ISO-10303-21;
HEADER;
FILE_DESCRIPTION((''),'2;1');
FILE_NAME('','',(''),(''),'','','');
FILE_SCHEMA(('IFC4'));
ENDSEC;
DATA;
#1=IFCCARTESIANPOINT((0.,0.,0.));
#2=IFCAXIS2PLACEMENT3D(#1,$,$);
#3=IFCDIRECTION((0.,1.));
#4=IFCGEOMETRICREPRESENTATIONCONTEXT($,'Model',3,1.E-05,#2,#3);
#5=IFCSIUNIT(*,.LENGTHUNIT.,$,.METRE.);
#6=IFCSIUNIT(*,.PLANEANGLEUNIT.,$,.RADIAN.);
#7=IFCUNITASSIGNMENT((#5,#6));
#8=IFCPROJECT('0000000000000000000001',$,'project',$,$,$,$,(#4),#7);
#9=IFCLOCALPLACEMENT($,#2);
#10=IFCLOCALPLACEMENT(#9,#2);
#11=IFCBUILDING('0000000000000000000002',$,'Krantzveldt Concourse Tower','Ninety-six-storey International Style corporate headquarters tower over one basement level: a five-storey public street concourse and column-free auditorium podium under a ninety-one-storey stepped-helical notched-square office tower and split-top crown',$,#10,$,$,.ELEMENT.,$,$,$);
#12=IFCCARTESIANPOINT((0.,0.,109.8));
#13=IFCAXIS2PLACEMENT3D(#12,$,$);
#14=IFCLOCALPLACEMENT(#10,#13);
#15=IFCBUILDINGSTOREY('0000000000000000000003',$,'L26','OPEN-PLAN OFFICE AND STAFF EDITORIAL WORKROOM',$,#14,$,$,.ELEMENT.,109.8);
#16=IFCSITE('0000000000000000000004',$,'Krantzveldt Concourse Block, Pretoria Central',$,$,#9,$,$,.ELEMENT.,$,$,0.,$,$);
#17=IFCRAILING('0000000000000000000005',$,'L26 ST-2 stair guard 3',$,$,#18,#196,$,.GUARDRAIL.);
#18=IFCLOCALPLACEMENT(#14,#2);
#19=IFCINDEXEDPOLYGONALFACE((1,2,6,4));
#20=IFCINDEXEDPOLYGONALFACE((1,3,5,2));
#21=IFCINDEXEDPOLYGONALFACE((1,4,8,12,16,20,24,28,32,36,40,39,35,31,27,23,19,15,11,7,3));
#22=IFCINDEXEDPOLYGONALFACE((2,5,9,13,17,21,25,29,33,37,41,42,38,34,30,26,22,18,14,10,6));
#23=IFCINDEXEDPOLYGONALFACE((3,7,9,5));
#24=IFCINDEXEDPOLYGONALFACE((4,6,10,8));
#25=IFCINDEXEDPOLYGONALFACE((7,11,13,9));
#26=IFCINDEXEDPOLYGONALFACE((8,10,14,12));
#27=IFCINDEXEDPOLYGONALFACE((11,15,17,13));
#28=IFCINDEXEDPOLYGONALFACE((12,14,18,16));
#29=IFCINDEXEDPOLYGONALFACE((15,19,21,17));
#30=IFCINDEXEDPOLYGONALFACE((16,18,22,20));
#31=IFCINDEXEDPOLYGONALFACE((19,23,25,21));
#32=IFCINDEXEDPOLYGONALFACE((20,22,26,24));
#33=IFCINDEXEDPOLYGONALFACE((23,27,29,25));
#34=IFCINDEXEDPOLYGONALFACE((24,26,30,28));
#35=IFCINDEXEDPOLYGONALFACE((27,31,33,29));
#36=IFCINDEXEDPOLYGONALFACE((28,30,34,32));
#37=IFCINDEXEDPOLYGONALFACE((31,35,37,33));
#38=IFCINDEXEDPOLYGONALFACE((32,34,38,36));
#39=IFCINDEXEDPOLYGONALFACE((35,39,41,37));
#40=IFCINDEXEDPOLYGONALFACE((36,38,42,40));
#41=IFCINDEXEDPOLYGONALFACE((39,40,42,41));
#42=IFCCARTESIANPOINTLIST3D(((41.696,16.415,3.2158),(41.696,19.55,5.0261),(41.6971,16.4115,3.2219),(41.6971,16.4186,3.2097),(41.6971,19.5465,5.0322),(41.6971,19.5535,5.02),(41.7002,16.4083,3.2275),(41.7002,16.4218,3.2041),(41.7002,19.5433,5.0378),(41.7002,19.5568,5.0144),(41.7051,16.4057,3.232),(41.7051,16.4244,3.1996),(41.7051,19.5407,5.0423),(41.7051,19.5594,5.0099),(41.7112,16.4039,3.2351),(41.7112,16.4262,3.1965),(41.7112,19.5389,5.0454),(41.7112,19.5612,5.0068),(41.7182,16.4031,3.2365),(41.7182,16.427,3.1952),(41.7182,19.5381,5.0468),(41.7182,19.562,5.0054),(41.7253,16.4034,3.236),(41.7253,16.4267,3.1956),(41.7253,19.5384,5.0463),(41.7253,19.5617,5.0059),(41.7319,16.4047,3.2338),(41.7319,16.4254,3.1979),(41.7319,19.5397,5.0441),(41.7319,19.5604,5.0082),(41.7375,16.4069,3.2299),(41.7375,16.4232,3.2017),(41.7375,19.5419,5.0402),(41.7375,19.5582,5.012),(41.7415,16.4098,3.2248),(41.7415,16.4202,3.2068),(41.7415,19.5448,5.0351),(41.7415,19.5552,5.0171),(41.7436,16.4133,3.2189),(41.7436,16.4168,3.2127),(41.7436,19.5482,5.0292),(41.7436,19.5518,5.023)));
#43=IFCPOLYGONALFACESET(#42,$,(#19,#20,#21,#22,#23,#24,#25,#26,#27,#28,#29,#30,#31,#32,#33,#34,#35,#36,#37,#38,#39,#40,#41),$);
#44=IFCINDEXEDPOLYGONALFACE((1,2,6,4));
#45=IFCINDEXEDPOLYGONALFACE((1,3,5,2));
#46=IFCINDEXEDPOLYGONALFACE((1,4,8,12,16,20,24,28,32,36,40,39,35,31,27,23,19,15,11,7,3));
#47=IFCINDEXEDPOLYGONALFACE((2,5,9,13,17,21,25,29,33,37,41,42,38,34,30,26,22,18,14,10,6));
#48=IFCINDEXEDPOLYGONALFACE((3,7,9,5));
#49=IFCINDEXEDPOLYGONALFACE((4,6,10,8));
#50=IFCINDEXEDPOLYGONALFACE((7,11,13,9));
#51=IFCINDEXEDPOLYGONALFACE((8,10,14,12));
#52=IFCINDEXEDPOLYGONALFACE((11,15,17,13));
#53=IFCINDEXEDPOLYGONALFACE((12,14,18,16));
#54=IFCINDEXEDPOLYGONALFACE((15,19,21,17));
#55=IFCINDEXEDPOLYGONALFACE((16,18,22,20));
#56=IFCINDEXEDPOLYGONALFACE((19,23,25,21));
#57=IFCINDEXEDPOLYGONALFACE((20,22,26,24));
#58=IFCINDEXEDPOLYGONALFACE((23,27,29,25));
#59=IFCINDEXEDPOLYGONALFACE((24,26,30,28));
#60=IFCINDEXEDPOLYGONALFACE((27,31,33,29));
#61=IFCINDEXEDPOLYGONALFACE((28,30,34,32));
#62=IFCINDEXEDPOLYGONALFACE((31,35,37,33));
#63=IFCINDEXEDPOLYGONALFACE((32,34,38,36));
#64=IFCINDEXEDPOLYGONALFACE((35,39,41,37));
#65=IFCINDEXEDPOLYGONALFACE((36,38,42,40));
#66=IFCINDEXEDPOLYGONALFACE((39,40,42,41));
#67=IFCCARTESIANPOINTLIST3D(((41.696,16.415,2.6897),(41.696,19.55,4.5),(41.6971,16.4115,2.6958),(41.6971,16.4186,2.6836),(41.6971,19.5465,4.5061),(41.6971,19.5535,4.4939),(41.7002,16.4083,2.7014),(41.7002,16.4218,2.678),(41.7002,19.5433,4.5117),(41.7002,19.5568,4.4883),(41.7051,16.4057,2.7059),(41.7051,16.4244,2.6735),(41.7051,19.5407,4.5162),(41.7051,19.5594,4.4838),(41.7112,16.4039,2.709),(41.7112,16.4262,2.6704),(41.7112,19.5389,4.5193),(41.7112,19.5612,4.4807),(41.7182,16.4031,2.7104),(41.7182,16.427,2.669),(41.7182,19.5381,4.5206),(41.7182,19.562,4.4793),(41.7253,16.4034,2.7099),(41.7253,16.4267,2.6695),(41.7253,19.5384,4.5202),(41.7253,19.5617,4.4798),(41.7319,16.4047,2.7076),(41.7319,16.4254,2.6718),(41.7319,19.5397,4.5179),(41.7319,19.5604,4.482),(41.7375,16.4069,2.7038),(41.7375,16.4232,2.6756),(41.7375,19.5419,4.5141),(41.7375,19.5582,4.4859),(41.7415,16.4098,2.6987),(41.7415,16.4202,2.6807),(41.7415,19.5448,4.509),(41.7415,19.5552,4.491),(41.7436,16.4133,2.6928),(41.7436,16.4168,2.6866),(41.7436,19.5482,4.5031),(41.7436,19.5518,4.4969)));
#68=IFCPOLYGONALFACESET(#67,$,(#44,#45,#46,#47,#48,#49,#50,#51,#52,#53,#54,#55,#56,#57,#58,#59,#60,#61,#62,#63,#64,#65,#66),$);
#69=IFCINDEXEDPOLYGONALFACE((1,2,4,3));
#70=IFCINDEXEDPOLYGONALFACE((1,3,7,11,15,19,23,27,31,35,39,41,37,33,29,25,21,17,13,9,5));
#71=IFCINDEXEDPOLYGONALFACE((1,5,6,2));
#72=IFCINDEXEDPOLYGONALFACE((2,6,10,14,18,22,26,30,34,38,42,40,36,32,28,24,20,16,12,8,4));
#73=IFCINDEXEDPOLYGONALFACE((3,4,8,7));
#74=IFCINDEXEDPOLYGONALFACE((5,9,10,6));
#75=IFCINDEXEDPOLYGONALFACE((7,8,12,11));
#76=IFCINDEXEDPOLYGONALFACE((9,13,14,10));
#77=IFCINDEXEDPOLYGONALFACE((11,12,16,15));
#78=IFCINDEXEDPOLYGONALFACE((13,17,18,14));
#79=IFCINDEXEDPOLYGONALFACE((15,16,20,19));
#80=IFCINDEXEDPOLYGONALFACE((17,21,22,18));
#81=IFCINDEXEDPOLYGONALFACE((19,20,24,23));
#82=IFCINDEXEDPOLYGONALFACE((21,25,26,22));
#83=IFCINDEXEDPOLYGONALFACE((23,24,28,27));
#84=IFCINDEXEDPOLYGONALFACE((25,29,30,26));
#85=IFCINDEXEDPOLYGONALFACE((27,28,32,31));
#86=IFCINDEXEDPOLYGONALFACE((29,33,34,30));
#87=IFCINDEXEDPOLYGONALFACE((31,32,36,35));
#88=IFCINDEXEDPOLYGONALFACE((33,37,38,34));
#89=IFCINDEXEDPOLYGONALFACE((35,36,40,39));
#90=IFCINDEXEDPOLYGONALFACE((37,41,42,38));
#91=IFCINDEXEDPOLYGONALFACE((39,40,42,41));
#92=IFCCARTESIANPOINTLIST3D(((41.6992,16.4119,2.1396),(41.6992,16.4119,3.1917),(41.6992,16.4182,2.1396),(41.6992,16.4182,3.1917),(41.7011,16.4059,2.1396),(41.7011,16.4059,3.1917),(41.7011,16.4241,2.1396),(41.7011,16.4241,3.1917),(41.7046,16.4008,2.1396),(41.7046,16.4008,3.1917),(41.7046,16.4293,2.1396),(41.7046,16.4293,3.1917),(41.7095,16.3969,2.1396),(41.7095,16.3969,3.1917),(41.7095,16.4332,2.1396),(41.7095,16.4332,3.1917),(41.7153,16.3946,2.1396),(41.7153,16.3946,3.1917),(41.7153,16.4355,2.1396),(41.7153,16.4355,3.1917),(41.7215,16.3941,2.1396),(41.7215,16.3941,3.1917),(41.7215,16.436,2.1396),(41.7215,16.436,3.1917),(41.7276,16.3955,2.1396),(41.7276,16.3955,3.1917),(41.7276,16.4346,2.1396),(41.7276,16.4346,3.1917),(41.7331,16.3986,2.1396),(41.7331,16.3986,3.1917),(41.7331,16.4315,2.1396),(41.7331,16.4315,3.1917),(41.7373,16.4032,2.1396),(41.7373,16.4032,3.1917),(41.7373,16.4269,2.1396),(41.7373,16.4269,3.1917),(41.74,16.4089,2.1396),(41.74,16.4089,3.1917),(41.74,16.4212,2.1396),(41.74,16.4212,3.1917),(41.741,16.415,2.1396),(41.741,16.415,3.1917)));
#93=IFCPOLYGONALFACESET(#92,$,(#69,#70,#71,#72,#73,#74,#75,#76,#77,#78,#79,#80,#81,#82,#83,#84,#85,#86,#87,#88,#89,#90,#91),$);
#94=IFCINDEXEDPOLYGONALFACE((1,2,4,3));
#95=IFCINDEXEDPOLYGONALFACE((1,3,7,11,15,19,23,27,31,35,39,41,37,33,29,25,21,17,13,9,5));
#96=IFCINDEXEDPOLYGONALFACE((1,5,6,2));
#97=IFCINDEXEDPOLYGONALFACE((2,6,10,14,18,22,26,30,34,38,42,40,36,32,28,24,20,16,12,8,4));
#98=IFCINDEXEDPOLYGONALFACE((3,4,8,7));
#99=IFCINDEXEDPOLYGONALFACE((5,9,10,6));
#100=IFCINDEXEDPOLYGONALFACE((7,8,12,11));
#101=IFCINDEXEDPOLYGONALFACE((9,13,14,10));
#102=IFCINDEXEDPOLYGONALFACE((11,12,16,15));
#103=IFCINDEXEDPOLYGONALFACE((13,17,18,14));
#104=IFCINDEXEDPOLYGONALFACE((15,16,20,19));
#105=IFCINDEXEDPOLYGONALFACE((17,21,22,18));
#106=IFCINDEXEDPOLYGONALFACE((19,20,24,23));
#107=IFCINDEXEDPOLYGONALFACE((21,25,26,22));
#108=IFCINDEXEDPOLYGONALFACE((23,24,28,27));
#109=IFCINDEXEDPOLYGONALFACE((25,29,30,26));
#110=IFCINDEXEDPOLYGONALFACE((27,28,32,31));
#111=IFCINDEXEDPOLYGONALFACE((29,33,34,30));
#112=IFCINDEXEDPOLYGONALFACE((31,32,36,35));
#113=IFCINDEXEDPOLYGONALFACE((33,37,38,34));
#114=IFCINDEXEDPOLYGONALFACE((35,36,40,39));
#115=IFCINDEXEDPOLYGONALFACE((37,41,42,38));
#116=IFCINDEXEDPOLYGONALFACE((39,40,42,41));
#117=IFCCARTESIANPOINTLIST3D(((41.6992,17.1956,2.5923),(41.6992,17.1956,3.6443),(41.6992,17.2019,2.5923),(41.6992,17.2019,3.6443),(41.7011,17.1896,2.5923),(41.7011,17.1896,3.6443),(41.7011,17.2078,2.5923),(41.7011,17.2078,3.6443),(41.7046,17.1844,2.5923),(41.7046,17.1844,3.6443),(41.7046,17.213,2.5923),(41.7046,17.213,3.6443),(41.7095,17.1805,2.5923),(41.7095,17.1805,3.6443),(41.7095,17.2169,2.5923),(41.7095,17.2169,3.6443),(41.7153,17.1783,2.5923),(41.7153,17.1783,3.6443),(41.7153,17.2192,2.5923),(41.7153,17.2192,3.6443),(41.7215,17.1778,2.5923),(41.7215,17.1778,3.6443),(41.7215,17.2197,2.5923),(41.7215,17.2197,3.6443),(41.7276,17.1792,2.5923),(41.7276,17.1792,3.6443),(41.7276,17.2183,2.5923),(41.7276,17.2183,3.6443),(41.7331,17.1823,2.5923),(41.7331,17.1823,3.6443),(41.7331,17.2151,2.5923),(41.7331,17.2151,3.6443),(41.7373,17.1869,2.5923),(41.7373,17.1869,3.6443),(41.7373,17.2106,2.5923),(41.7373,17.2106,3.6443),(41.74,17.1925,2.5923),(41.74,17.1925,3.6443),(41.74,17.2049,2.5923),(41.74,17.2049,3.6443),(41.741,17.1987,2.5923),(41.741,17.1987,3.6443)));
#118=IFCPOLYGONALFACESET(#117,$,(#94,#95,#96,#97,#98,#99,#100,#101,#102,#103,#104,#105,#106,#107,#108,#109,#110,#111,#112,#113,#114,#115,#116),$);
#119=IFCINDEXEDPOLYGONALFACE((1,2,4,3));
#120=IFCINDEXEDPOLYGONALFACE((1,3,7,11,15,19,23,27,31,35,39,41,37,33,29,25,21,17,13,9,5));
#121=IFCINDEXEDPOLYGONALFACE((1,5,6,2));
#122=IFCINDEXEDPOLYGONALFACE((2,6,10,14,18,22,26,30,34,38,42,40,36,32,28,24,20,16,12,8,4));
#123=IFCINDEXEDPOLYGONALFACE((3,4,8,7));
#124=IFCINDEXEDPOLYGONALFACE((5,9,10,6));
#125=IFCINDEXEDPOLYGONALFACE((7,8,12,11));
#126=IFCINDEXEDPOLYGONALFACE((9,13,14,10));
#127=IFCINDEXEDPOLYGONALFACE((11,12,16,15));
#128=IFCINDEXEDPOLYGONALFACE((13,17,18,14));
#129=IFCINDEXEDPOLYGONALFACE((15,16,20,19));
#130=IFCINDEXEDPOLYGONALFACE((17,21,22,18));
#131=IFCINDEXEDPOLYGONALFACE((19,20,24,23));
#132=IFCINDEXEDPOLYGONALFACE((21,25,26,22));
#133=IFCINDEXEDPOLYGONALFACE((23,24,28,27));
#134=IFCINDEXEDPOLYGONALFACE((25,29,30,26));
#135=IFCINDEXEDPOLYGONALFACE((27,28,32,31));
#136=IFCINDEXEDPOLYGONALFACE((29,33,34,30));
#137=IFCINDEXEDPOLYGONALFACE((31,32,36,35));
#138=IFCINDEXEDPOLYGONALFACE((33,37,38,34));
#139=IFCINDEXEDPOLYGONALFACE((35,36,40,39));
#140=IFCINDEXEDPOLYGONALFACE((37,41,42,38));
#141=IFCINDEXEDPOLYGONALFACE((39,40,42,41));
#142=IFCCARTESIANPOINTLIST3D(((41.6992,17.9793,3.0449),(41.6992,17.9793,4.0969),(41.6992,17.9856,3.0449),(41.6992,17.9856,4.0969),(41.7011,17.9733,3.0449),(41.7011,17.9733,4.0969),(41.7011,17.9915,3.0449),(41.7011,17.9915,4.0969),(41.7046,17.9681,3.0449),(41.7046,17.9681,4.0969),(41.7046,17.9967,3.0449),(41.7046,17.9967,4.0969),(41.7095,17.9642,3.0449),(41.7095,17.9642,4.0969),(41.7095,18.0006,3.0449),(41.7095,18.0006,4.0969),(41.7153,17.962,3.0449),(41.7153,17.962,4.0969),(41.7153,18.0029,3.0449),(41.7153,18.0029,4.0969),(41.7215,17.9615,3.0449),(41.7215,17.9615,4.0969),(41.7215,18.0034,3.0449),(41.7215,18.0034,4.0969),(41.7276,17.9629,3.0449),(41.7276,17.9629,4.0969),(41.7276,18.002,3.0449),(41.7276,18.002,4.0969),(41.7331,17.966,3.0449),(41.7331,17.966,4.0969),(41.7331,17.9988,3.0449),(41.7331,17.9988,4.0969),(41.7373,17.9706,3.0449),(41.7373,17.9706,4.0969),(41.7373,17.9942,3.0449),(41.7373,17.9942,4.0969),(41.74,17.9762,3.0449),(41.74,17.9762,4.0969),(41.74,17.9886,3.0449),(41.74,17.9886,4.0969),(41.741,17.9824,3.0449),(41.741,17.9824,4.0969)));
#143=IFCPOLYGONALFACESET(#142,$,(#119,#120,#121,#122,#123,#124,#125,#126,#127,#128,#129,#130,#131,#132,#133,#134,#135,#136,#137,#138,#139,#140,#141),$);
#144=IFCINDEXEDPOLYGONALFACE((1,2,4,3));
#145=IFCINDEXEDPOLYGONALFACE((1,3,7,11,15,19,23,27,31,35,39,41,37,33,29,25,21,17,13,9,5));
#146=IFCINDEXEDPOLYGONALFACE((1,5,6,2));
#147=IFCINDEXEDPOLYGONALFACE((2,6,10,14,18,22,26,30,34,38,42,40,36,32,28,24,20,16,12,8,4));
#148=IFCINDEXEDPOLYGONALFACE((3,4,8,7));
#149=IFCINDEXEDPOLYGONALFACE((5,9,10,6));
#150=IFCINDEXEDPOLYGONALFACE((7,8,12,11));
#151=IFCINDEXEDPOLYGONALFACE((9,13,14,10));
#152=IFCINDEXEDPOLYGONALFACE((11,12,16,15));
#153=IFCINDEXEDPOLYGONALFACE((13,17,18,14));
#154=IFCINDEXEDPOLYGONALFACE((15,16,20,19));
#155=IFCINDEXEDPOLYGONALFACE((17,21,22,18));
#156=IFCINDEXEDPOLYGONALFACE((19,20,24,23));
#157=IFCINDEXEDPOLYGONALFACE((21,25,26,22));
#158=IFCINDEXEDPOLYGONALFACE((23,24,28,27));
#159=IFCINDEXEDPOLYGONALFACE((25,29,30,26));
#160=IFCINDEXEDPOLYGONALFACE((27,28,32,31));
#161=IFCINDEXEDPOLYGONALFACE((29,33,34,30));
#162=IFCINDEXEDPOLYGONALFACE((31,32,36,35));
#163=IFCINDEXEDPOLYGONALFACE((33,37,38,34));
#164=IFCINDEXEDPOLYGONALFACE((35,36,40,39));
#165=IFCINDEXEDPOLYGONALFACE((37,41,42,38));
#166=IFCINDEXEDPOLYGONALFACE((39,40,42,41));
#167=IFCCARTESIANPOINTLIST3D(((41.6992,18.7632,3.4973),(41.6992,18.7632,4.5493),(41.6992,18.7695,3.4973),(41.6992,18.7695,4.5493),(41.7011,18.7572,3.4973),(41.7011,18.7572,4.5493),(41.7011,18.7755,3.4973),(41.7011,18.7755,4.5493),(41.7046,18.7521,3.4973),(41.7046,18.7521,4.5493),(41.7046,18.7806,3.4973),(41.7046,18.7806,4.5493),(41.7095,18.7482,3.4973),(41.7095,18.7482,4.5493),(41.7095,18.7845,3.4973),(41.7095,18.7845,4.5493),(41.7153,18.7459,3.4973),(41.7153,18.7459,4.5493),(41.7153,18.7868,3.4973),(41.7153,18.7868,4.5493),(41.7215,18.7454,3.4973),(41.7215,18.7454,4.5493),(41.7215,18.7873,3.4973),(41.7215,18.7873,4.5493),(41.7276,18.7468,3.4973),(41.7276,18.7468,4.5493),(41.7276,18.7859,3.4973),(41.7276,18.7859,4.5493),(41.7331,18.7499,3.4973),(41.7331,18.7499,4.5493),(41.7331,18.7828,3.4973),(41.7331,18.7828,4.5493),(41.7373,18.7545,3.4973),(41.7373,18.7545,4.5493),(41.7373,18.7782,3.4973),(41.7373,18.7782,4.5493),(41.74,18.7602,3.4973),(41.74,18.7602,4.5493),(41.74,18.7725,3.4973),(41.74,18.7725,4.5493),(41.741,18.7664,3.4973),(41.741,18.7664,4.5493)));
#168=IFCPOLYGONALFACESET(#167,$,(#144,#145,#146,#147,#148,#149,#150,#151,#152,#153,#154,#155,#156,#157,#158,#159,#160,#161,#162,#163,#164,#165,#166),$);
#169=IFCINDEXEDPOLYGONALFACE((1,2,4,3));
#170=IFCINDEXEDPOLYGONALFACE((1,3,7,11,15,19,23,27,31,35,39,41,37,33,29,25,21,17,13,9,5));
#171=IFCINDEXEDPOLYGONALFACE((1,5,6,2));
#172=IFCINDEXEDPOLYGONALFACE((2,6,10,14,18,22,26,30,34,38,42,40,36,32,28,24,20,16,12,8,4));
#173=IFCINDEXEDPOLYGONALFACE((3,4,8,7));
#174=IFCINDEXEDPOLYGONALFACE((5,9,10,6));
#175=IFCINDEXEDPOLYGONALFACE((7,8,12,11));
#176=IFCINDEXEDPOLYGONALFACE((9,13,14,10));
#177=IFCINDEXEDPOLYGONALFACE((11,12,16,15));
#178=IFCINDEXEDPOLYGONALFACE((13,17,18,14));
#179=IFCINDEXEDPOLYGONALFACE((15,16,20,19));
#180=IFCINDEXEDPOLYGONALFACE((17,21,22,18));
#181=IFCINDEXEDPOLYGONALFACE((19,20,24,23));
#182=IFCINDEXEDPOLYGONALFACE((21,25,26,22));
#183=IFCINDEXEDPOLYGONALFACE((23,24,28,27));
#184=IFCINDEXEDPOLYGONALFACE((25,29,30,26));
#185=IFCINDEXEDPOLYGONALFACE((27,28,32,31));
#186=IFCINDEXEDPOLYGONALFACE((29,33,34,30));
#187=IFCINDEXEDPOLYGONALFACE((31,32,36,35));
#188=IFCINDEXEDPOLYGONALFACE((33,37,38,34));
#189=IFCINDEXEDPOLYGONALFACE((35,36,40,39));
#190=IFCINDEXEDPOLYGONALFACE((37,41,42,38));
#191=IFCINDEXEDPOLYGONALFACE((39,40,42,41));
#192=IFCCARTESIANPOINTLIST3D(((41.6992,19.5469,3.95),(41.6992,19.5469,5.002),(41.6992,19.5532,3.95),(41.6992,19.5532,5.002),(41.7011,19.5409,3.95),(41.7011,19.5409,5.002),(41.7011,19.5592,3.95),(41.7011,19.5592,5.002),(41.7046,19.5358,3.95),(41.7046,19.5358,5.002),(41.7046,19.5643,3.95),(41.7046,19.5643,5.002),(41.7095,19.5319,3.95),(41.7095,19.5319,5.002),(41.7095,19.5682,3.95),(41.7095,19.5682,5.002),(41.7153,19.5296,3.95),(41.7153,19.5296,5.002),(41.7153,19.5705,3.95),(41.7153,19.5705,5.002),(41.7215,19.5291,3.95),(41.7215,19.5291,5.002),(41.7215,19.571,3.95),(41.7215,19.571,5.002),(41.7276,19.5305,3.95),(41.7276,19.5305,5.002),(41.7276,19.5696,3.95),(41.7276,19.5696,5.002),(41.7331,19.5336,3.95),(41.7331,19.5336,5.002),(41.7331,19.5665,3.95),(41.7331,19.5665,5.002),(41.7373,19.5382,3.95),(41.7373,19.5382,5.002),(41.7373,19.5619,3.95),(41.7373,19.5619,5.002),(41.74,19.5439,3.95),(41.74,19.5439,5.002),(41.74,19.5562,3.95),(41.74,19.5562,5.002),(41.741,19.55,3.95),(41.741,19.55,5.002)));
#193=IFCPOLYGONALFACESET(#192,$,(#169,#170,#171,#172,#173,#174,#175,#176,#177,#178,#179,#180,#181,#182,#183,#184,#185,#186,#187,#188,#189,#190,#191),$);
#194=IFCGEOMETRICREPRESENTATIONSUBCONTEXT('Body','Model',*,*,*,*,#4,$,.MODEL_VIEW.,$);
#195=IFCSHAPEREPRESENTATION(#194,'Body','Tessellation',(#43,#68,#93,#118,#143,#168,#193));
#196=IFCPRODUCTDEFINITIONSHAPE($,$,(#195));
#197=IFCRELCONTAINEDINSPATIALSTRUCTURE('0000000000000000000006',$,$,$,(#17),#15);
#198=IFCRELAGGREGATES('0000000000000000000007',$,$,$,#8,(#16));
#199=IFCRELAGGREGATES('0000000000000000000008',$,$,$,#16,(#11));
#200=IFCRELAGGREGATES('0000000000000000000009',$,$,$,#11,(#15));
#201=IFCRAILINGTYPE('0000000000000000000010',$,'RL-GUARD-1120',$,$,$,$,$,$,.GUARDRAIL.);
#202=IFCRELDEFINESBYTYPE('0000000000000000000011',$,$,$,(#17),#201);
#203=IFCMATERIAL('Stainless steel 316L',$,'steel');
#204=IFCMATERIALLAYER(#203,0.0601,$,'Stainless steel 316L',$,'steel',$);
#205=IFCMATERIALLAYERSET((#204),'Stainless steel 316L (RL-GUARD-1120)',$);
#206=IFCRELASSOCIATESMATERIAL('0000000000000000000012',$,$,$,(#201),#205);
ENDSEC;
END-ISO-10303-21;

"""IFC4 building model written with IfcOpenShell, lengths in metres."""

from ifc_helpers import new_model, si_unit, direction, frame, origin, origin_2d, place, context, subcontext, project, spatial, circle, extrude, material, layer, layer_set, type_object, element, save


model = new_model("IFC4")

# Units and contexts
model_context = context("Model", 3, precision=1e-05, world=origin(), true_north=direction((0.0, 1.0)))
body_context = subcontext(model_context, "Body", "Model", "MODEL_VIEW")
ifc_project = project(units=[si_unit("LENGTHUNIT", "METRE"), si_unit("PLANEANGLEUNIT", "RADIAN")], contexts=[model_context])

# Site, building, storey
site_placement = place(None, origin())
site = spatial("IfcSite", under=ifc_project, at=site_placement, Name="Krantzveldt Concourse Block, Pretoria Central", CompositionType="ELEMENT", RefElevation=0.0)
building_placement = place(site_placement, origin())
building = spatial("IfcBuilding", under=site, at=building_placement, Name="Krantzveldt Concourse Tower", Description="Ninety-six-storey International Style corporate headquarters tower over one basement level: a five-storey public street concourse and column-free auditorium podium under a ninety-one-storey stepped-helical notched-square office tower and split-top crown", CompositionType="ELEMENT")
storey_placement = place(building_placement, frame((0.0, 0.0, 109.8)))
storey = spatial("IfcBuildingStorey", under=building, at=storey_placement, Name="L26", Description="OPEN-PLAN OFFICE AND STAFF EDITORIAL WORKROOM", CompositionType="ELEMENT", Elevation=109.8)

# Shared definitions
ifc_material_1 = material(Name="Stainless steel 316L", Category="steel")

# Railing
ifc_layer_1 = layer(ifc_material_1, 0.0601, Name="Stainless steel 316L", Category="steel")
ifc_layer_set_1 = layer_set([ifc_layer_1], Name="Stainless steel 316L (RL-GUARD-1120)")
railing_type_1 = type_object("IfcRailingType", Name="RL-GUARD-1120", PredefinedType="GUARDRAIL", material=ifc_layer_set_1)
railing_1_placement = place(storey_placement, frame((41.72, 16.415, 2.1396)))
element("IfcRailing", 1, at=railing_1_placement, inside=storey, type_object=railing_type_1, Name="L26 ST-2 stair guard 3", PredefinedType="GUARDRAIL", context=body_context, shape_type="SweptSolid", body=[
    extrude(circle(Radius=0.0239, at=origin_2d()), frame((0.0, 0.0, 1.0762), z_axis=(0.0, 0.865989, 0.500063), x_axis=(-1.0, 0.0, 0.0)), (0.0, 0.0, 1.0), 3.6201),
    extrude(circle(Radius=0.0239, at=origin_2d()), frame((0.0, 0.0, 0.55), z_axis=(0.0, 0.865989, 0.500063), x_axis=(-1.0, 0.0, 0.0)), (0.0, 0.0, 1.0), 3.6201),
    extrude(circle(Radius=0.021, at=origin_2d()), origin(), (0.0, 0.0, 1.0), 1.052),
    extrude(circle(Radius=0.021, at=origin_2d()), frame((0.0, 0.7837, 0.4526)), (0.0, 0.0, 1.0), 1.052),
    extrude(circle(Radius=0.021, at=origin_2d()), frame((0.0, 1.5674, 0.9053)), (0.0, 0.0, 1.0), 1.052),
    extrude(circle(Radius=0.021, at=origin_2d()), frame((0.0, 2.3513, 1.3577)), (0.0, 0.0, 1.0), 1.052),
    extrude(circle(Radius=0.021, at=origin_2d()), frame((0.0, 3.135, 1.8103)), (0.0, 0.0, 1.0), 1.052),
])

save(model, "model.ifc")
